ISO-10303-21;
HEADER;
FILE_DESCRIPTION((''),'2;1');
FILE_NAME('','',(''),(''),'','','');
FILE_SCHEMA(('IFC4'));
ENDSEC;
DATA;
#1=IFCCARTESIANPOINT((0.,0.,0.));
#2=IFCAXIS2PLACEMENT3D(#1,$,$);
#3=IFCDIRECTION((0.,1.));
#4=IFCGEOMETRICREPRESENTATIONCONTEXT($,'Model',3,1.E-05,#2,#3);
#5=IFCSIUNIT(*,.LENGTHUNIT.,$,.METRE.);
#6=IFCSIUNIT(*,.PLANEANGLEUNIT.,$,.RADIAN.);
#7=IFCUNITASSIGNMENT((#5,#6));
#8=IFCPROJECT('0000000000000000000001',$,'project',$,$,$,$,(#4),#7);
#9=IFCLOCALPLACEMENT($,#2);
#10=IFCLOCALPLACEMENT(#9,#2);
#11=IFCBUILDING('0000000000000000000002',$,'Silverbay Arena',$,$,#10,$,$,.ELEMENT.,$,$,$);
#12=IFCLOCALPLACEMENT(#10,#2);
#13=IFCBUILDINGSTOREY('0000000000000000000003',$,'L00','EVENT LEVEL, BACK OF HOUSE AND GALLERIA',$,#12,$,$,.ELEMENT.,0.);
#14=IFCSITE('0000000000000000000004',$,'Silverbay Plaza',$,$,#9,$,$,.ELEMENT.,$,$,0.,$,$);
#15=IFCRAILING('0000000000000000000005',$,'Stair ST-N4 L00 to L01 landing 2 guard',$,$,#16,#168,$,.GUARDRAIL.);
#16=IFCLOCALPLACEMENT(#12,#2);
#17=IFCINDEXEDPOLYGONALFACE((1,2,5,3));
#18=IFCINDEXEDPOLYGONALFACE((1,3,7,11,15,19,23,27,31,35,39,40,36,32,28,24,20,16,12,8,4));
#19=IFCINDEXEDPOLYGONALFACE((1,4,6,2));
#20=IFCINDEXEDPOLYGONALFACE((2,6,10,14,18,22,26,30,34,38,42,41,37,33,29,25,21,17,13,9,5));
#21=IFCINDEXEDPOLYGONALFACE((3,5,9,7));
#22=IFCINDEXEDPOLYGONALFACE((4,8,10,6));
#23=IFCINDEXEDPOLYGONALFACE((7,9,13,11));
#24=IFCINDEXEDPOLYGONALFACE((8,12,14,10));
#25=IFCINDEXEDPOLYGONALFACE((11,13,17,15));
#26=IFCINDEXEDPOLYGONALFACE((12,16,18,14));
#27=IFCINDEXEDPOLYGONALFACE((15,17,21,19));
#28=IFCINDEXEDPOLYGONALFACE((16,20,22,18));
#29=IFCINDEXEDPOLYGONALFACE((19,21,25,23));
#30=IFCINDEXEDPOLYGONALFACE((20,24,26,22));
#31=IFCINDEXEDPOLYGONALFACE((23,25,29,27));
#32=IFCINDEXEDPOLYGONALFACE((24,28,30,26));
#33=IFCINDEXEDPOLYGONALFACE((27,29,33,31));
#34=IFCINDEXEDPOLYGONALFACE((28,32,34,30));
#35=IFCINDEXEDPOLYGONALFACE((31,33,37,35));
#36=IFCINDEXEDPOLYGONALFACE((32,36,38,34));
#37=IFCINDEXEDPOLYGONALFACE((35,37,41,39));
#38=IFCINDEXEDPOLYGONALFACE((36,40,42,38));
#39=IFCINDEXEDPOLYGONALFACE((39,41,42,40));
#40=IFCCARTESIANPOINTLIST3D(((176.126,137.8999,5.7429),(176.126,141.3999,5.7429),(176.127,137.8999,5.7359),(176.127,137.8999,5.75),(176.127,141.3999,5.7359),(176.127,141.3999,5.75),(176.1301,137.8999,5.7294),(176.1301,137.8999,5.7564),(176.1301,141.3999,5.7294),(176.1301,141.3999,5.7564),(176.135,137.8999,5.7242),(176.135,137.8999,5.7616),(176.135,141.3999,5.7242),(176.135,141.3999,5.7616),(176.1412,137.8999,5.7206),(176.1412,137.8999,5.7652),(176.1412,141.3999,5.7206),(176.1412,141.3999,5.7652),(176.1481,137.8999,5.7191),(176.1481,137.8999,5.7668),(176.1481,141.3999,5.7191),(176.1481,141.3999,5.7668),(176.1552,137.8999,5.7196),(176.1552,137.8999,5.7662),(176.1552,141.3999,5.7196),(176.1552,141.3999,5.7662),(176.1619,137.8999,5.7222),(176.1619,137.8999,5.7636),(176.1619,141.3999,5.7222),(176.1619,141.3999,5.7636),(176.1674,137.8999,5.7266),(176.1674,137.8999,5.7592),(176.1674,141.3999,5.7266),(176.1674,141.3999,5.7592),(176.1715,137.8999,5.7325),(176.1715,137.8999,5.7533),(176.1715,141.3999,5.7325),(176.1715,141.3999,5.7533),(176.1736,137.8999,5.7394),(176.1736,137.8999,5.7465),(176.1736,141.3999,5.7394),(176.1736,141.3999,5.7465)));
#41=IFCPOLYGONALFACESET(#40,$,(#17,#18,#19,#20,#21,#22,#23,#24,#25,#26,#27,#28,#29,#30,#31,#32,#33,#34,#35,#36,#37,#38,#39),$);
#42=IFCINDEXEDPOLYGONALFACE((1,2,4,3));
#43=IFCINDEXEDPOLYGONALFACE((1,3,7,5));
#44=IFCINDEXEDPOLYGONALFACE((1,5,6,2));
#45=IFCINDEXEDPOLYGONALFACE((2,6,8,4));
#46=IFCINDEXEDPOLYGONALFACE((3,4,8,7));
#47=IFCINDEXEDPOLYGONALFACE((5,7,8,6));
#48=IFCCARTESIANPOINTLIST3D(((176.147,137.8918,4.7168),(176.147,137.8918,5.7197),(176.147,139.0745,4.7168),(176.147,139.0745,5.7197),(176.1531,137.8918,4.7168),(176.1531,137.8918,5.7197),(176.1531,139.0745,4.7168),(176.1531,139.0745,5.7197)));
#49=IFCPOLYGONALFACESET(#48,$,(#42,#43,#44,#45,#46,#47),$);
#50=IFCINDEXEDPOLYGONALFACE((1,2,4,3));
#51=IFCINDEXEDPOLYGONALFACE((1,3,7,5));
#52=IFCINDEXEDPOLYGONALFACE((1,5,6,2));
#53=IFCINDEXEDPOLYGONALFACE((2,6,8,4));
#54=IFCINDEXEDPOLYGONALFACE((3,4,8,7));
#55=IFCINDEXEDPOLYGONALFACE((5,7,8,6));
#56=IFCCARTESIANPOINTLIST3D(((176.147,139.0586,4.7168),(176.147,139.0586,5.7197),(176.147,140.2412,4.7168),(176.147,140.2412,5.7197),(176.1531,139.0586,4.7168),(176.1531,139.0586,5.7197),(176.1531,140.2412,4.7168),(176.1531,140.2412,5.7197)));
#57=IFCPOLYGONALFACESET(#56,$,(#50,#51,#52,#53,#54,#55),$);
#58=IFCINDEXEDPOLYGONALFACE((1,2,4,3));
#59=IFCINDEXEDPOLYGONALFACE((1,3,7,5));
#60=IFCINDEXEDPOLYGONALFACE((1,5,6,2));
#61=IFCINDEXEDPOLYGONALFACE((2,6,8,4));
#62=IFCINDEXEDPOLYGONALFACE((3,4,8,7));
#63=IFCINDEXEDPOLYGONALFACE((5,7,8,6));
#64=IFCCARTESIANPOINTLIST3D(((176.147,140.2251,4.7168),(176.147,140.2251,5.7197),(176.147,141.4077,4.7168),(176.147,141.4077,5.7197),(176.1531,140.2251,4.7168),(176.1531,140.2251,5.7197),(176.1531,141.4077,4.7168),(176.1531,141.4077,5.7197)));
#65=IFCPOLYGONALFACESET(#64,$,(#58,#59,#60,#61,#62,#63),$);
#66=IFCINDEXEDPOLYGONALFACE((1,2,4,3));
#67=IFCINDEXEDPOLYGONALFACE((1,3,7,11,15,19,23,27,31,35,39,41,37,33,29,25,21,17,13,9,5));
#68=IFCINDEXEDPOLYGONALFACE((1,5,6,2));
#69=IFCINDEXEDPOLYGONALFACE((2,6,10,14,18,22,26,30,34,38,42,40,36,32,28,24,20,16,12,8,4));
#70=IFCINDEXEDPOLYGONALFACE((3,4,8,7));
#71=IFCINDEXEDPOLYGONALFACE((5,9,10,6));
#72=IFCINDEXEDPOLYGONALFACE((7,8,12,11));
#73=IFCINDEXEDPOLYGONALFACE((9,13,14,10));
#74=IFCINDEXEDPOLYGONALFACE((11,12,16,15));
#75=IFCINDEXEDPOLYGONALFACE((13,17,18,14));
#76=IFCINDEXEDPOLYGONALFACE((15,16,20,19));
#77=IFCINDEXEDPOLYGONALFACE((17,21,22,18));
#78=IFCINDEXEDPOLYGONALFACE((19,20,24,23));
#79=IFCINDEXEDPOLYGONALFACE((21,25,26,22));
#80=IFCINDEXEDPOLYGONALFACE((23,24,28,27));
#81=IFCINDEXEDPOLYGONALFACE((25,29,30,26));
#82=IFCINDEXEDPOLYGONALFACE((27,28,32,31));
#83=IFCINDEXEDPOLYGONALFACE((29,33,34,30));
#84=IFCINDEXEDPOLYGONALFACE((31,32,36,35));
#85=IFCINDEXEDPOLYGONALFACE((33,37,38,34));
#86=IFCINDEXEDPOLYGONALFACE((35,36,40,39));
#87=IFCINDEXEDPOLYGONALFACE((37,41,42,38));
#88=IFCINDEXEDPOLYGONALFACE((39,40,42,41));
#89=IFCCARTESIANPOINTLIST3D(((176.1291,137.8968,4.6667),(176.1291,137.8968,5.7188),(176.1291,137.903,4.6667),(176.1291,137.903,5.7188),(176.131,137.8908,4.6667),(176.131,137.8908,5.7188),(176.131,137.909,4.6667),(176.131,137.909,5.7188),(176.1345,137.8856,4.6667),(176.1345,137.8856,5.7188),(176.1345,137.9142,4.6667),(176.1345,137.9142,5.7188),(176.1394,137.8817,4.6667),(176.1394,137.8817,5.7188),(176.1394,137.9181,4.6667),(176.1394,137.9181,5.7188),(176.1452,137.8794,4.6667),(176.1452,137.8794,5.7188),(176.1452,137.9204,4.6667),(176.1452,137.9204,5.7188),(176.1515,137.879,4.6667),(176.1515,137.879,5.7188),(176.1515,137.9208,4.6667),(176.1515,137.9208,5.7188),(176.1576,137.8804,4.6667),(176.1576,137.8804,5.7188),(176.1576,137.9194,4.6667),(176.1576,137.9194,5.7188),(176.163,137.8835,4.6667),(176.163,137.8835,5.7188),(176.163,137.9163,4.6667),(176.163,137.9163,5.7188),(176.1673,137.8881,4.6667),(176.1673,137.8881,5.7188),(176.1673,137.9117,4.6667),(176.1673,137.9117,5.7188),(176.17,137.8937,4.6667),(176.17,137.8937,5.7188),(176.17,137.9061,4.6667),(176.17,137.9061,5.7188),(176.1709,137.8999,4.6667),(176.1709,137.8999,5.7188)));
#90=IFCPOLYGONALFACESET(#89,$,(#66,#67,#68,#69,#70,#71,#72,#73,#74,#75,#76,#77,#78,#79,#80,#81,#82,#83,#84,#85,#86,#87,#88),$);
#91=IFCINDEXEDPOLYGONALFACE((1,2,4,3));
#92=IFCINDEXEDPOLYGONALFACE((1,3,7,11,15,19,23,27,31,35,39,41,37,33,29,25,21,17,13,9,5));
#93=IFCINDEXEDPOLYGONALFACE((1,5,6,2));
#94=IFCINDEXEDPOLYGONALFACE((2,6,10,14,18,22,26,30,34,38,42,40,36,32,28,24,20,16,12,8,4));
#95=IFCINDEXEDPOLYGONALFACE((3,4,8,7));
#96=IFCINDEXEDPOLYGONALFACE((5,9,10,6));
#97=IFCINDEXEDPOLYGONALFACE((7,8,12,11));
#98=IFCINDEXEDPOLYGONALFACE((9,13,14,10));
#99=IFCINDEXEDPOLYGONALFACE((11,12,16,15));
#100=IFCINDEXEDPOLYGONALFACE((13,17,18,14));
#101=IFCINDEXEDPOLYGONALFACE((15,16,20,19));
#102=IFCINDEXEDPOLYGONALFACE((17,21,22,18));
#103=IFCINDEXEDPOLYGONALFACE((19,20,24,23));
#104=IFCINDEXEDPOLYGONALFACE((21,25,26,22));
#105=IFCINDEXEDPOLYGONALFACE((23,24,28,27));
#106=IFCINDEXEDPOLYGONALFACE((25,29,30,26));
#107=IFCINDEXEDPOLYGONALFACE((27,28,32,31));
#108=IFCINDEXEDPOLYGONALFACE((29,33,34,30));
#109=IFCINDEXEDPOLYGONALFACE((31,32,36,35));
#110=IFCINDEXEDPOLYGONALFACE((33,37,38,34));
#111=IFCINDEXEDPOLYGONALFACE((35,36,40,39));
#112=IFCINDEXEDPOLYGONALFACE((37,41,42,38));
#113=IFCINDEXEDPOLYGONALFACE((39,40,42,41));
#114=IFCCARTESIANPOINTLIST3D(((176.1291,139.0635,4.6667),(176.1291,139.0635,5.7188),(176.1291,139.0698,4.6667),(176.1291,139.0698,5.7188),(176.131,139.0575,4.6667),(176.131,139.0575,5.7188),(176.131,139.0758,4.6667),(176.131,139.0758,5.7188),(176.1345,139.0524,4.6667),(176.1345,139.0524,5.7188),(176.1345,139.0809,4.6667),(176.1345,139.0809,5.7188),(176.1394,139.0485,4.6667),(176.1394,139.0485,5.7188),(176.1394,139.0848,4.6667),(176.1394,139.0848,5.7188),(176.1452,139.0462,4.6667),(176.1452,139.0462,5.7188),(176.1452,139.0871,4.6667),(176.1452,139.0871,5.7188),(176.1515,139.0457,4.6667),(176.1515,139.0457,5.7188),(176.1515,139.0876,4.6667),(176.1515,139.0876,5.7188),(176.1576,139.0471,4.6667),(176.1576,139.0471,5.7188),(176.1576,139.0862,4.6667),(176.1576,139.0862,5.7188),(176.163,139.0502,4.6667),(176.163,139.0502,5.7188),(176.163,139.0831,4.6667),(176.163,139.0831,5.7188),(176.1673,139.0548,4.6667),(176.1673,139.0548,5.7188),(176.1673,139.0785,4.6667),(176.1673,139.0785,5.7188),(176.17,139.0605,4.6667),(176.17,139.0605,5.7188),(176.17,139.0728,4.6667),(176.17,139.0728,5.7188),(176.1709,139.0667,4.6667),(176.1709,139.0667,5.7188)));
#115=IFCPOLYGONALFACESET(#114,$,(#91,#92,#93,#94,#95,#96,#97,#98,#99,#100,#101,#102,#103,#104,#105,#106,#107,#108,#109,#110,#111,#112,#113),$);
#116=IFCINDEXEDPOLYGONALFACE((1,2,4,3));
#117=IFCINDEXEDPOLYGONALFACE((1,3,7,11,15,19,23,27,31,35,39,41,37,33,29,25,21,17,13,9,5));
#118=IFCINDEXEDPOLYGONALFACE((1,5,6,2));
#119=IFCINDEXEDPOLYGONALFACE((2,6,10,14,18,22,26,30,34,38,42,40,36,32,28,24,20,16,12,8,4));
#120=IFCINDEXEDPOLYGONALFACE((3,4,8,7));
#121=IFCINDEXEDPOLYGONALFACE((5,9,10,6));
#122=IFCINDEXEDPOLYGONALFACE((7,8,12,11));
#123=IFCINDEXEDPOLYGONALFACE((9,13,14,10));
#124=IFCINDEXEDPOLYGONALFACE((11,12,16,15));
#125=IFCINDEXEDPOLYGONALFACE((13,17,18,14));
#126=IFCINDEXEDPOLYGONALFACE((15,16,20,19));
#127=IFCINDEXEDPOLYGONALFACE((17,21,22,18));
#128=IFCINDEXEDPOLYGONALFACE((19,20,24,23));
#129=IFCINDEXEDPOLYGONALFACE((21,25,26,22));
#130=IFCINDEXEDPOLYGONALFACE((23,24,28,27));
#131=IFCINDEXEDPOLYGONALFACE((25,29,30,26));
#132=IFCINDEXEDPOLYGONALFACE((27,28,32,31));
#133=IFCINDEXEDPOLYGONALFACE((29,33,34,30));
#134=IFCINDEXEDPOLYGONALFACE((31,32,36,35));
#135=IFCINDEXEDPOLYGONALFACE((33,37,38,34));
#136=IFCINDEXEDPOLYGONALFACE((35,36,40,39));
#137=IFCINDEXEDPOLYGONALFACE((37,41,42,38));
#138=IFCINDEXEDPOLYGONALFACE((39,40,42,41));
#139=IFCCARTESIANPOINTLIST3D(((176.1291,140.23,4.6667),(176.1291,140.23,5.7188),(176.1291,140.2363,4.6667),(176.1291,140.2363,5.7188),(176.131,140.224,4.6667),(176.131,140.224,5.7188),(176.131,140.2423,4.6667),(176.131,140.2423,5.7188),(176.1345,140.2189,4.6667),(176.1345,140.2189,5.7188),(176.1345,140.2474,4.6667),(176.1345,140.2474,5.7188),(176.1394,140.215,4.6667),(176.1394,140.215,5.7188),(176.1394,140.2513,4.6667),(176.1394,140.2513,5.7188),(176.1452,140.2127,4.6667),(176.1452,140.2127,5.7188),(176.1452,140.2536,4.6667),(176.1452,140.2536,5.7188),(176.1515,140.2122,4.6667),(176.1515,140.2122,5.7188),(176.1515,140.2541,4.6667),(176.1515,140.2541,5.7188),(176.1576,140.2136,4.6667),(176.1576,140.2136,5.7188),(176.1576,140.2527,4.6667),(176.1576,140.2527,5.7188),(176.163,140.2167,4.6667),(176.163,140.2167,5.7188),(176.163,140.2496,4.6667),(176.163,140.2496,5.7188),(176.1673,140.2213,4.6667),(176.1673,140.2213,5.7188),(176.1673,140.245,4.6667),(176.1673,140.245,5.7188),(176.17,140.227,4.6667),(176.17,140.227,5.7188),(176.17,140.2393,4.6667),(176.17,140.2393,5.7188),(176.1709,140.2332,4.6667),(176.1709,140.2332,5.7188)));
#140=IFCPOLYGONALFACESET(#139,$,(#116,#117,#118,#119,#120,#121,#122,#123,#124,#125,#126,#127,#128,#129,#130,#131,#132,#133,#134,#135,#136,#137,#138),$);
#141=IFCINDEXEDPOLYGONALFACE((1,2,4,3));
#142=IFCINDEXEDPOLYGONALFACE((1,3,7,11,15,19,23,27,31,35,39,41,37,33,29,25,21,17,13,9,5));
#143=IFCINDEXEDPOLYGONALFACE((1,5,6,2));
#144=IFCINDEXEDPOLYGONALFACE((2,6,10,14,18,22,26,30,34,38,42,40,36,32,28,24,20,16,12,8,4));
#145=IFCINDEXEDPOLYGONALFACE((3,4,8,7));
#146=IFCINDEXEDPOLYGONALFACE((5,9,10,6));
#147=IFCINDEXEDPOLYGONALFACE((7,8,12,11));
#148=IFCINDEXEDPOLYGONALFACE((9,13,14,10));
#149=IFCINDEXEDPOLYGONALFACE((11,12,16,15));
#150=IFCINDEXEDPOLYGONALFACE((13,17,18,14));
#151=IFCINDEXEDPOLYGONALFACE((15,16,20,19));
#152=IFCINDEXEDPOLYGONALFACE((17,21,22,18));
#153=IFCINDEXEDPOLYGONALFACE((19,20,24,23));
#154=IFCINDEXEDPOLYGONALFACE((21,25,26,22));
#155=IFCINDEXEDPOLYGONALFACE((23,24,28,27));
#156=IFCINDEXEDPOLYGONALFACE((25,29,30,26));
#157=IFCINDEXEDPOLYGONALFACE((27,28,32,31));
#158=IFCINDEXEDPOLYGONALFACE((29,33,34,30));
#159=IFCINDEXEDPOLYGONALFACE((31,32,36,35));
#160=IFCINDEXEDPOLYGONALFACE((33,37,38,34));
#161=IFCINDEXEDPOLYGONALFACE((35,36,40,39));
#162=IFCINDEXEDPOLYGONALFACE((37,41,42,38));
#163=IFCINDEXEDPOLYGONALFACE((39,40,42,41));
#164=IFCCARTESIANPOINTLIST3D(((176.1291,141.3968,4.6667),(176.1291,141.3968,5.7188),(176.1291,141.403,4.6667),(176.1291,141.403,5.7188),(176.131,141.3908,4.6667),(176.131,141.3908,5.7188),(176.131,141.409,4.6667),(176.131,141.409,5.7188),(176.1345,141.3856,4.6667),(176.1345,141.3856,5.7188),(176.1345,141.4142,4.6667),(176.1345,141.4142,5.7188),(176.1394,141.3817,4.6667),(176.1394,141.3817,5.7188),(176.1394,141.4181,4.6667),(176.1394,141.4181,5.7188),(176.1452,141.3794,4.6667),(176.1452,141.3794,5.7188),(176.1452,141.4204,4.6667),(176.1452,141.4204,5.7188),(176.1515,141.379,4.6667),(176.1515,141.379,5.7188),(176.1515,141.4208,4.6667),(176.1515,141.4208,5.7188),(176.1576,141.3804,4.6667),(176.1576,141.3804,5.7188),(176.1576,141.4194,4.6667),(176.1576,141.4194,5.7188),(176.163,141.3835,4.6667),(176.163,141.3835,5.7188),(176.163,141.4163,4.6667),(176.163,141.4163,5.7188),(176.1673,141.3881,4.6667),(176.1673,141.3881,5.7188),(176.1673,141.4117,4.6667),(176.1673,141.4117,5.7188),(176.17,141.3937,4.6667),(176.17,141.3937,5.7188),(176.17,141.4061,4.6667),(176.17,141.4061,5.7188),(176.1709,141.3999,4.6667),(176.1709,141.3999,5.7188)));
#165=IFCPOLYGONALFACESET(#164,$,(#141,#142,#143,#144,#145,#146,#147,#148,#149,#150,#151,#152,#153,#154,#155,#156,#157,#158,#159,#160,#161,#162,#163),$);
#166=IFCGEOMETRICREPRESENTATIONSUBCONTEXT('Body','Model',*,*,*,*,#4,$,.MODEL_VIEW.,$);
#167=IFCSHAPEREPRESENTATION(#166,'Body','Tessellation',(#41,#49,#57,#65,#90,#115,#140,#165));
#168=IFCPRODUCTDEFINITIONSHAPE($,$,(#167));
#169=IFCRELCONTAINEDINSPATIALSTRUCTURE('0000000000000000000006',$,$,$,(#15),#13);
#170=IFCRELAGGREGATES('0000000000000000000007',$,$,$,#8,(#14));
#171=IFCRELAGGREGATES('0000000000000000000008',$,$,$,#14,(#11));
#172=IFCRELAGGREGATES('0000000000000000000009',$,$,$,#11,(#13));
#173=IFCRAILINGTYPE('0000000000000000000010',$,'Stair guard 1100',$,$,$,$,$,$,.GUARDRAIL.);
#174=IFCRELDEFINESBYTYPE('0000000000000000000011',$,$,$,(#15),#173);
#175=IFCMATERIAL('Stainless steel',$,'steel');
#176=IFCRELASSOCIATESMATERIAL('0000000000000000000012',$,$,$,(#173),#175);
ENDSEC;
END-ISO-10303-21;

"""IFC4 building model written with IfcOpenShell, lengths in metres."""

from ifc_helpers import new_model, si_unit, direction, frame, origin, origin_2d, place, context, subcontext, project, spatial, polyline, circle, outline, extrude, material, type_object, element, save


model = new_model("IFC4")

# Units and contexts
model_context = context("Model", 3, precision=1e-05, world=origin(), true_north=direction((0.0, 1.0)))
body_context = subcontext(model_context, "Body", "Model", "MODEL_VIEW")
ifc_project = project(units=[si_unit("LENGTHUNIT", "METRE"), si_unit("PLANEANGLEUNIT", "RADIAN")], contexts=[model_context])

# Site, building, storey
site_placement = place(None, origin())
site = spatial("IfcSite", under=ifc_project, at=site_placement, Name="Silverbay Plaza", CompositionType="ELEMENT", RefElevation=0.0)
building_placement = place(site_placement, origin())
building = spatial("IfcBuilding", under=site, at=building_placement, Name="Silverbay Arena", CompositionType="ELEMENT")
storey_placement = place(building_placement, origin())
storey = spatial("IfcBuildingStorey", under=building, at=storey_placement, Name="L00", Description="EVENT LEVEL, BACK OF HOUSE AND GALLERIA", CompositionType="ELEMENT", Elevation=0.0)

# Railing
ifc_material_1 = material(Name="Stainless steel", Category="steel")
railing_type_1 = type_object("IfcRailingType", Name="Stair guard 1100", PredefinedType="GUARDRAIL", material=ifc_material_1)
for number, where, name in (
    (1, (176.1499, 137.8999, 4.6667), "Stair ST-N4 L00 to L01 landing 2 guard"),
):
    element("IfcRailing", number, at=place(storey_placement, frame(where)), inside=storey, type_object=railing_type_1, Name=name, PredefinedType="GUARDRAIL", context=body_context, shape_type="SweptSolid", body=[
        extrude(circle(Radius=0.0239, at=origin_2d()), frame((0.0, 0.0, 1.0762), z_axis=(0.0, 1.0, 0.0), x_axis=(-1.0, 0.0, 0.0)), (0.0, 0.0, 1.0), 3.5),
        extrude(outline(polyline([(-0.0081, 0.05), (1.1746, 0.05), (1.1746, 1.053), (-0.0081, 1.053), (-0.0081, 0.05)])), frame((-0.0029, 0.0, 0.0), z_axis=(1.0, 0.0, 0.0), x_axis=(0.0, 1.0, 0.0)), (0.0, 0.0, 1.0), 0.0061),
        extrude(outline(polyline([(-0.0081, 0.05), (1.1746, 0.05), (1.1746, 1.053), (-0.0081, 1.053), (-0.0081, 0.05)])), frame((-0.0029, 1.1667, 0.0), z_axis=(1.0, 0.0, 0.0), x_axis=(0.0, 1.0, 0.0)), (0.0, 0.0, 1.0), 0.0061),
        extrude(outline(polyline([(-0.0081, 0.05), (1.1746, 0.05), (1.1746, 1.053), (-0.0081, 1.053), (-0.0081, 0.05)])), frame((-0.0029, 2.3333, 0.0), z_axis=(1.0, 0.0, 0.0), x_axis=(0.0, 1.0, 0.0)), (0.0, 0.0, 1.0), 0.0061),
        extrude(circle(Radius=0.021, at=origin_2d()), origin(), (0.0, 0.0, 1.0), 1.052),
        extrude(circle(Radius=0.021, at=origin_2d()), frame((0.0, 1.1667, 0.0)), (0.0, 0.0, 1.0), 1.052),
        extrude(circle(Radius=0.021, at=origin_2d()), frame((0.0, 2.3333, 0.0)), (0.0, 0.0, 1.0), 1.052),
        extrude(circle(Radius=0.021, at=origin_2d()), frame((0.0, 3.5, 0.0)), (0.0, 0.0, 1.0), 1.052),
    ])

save(model, "model.ifc")
